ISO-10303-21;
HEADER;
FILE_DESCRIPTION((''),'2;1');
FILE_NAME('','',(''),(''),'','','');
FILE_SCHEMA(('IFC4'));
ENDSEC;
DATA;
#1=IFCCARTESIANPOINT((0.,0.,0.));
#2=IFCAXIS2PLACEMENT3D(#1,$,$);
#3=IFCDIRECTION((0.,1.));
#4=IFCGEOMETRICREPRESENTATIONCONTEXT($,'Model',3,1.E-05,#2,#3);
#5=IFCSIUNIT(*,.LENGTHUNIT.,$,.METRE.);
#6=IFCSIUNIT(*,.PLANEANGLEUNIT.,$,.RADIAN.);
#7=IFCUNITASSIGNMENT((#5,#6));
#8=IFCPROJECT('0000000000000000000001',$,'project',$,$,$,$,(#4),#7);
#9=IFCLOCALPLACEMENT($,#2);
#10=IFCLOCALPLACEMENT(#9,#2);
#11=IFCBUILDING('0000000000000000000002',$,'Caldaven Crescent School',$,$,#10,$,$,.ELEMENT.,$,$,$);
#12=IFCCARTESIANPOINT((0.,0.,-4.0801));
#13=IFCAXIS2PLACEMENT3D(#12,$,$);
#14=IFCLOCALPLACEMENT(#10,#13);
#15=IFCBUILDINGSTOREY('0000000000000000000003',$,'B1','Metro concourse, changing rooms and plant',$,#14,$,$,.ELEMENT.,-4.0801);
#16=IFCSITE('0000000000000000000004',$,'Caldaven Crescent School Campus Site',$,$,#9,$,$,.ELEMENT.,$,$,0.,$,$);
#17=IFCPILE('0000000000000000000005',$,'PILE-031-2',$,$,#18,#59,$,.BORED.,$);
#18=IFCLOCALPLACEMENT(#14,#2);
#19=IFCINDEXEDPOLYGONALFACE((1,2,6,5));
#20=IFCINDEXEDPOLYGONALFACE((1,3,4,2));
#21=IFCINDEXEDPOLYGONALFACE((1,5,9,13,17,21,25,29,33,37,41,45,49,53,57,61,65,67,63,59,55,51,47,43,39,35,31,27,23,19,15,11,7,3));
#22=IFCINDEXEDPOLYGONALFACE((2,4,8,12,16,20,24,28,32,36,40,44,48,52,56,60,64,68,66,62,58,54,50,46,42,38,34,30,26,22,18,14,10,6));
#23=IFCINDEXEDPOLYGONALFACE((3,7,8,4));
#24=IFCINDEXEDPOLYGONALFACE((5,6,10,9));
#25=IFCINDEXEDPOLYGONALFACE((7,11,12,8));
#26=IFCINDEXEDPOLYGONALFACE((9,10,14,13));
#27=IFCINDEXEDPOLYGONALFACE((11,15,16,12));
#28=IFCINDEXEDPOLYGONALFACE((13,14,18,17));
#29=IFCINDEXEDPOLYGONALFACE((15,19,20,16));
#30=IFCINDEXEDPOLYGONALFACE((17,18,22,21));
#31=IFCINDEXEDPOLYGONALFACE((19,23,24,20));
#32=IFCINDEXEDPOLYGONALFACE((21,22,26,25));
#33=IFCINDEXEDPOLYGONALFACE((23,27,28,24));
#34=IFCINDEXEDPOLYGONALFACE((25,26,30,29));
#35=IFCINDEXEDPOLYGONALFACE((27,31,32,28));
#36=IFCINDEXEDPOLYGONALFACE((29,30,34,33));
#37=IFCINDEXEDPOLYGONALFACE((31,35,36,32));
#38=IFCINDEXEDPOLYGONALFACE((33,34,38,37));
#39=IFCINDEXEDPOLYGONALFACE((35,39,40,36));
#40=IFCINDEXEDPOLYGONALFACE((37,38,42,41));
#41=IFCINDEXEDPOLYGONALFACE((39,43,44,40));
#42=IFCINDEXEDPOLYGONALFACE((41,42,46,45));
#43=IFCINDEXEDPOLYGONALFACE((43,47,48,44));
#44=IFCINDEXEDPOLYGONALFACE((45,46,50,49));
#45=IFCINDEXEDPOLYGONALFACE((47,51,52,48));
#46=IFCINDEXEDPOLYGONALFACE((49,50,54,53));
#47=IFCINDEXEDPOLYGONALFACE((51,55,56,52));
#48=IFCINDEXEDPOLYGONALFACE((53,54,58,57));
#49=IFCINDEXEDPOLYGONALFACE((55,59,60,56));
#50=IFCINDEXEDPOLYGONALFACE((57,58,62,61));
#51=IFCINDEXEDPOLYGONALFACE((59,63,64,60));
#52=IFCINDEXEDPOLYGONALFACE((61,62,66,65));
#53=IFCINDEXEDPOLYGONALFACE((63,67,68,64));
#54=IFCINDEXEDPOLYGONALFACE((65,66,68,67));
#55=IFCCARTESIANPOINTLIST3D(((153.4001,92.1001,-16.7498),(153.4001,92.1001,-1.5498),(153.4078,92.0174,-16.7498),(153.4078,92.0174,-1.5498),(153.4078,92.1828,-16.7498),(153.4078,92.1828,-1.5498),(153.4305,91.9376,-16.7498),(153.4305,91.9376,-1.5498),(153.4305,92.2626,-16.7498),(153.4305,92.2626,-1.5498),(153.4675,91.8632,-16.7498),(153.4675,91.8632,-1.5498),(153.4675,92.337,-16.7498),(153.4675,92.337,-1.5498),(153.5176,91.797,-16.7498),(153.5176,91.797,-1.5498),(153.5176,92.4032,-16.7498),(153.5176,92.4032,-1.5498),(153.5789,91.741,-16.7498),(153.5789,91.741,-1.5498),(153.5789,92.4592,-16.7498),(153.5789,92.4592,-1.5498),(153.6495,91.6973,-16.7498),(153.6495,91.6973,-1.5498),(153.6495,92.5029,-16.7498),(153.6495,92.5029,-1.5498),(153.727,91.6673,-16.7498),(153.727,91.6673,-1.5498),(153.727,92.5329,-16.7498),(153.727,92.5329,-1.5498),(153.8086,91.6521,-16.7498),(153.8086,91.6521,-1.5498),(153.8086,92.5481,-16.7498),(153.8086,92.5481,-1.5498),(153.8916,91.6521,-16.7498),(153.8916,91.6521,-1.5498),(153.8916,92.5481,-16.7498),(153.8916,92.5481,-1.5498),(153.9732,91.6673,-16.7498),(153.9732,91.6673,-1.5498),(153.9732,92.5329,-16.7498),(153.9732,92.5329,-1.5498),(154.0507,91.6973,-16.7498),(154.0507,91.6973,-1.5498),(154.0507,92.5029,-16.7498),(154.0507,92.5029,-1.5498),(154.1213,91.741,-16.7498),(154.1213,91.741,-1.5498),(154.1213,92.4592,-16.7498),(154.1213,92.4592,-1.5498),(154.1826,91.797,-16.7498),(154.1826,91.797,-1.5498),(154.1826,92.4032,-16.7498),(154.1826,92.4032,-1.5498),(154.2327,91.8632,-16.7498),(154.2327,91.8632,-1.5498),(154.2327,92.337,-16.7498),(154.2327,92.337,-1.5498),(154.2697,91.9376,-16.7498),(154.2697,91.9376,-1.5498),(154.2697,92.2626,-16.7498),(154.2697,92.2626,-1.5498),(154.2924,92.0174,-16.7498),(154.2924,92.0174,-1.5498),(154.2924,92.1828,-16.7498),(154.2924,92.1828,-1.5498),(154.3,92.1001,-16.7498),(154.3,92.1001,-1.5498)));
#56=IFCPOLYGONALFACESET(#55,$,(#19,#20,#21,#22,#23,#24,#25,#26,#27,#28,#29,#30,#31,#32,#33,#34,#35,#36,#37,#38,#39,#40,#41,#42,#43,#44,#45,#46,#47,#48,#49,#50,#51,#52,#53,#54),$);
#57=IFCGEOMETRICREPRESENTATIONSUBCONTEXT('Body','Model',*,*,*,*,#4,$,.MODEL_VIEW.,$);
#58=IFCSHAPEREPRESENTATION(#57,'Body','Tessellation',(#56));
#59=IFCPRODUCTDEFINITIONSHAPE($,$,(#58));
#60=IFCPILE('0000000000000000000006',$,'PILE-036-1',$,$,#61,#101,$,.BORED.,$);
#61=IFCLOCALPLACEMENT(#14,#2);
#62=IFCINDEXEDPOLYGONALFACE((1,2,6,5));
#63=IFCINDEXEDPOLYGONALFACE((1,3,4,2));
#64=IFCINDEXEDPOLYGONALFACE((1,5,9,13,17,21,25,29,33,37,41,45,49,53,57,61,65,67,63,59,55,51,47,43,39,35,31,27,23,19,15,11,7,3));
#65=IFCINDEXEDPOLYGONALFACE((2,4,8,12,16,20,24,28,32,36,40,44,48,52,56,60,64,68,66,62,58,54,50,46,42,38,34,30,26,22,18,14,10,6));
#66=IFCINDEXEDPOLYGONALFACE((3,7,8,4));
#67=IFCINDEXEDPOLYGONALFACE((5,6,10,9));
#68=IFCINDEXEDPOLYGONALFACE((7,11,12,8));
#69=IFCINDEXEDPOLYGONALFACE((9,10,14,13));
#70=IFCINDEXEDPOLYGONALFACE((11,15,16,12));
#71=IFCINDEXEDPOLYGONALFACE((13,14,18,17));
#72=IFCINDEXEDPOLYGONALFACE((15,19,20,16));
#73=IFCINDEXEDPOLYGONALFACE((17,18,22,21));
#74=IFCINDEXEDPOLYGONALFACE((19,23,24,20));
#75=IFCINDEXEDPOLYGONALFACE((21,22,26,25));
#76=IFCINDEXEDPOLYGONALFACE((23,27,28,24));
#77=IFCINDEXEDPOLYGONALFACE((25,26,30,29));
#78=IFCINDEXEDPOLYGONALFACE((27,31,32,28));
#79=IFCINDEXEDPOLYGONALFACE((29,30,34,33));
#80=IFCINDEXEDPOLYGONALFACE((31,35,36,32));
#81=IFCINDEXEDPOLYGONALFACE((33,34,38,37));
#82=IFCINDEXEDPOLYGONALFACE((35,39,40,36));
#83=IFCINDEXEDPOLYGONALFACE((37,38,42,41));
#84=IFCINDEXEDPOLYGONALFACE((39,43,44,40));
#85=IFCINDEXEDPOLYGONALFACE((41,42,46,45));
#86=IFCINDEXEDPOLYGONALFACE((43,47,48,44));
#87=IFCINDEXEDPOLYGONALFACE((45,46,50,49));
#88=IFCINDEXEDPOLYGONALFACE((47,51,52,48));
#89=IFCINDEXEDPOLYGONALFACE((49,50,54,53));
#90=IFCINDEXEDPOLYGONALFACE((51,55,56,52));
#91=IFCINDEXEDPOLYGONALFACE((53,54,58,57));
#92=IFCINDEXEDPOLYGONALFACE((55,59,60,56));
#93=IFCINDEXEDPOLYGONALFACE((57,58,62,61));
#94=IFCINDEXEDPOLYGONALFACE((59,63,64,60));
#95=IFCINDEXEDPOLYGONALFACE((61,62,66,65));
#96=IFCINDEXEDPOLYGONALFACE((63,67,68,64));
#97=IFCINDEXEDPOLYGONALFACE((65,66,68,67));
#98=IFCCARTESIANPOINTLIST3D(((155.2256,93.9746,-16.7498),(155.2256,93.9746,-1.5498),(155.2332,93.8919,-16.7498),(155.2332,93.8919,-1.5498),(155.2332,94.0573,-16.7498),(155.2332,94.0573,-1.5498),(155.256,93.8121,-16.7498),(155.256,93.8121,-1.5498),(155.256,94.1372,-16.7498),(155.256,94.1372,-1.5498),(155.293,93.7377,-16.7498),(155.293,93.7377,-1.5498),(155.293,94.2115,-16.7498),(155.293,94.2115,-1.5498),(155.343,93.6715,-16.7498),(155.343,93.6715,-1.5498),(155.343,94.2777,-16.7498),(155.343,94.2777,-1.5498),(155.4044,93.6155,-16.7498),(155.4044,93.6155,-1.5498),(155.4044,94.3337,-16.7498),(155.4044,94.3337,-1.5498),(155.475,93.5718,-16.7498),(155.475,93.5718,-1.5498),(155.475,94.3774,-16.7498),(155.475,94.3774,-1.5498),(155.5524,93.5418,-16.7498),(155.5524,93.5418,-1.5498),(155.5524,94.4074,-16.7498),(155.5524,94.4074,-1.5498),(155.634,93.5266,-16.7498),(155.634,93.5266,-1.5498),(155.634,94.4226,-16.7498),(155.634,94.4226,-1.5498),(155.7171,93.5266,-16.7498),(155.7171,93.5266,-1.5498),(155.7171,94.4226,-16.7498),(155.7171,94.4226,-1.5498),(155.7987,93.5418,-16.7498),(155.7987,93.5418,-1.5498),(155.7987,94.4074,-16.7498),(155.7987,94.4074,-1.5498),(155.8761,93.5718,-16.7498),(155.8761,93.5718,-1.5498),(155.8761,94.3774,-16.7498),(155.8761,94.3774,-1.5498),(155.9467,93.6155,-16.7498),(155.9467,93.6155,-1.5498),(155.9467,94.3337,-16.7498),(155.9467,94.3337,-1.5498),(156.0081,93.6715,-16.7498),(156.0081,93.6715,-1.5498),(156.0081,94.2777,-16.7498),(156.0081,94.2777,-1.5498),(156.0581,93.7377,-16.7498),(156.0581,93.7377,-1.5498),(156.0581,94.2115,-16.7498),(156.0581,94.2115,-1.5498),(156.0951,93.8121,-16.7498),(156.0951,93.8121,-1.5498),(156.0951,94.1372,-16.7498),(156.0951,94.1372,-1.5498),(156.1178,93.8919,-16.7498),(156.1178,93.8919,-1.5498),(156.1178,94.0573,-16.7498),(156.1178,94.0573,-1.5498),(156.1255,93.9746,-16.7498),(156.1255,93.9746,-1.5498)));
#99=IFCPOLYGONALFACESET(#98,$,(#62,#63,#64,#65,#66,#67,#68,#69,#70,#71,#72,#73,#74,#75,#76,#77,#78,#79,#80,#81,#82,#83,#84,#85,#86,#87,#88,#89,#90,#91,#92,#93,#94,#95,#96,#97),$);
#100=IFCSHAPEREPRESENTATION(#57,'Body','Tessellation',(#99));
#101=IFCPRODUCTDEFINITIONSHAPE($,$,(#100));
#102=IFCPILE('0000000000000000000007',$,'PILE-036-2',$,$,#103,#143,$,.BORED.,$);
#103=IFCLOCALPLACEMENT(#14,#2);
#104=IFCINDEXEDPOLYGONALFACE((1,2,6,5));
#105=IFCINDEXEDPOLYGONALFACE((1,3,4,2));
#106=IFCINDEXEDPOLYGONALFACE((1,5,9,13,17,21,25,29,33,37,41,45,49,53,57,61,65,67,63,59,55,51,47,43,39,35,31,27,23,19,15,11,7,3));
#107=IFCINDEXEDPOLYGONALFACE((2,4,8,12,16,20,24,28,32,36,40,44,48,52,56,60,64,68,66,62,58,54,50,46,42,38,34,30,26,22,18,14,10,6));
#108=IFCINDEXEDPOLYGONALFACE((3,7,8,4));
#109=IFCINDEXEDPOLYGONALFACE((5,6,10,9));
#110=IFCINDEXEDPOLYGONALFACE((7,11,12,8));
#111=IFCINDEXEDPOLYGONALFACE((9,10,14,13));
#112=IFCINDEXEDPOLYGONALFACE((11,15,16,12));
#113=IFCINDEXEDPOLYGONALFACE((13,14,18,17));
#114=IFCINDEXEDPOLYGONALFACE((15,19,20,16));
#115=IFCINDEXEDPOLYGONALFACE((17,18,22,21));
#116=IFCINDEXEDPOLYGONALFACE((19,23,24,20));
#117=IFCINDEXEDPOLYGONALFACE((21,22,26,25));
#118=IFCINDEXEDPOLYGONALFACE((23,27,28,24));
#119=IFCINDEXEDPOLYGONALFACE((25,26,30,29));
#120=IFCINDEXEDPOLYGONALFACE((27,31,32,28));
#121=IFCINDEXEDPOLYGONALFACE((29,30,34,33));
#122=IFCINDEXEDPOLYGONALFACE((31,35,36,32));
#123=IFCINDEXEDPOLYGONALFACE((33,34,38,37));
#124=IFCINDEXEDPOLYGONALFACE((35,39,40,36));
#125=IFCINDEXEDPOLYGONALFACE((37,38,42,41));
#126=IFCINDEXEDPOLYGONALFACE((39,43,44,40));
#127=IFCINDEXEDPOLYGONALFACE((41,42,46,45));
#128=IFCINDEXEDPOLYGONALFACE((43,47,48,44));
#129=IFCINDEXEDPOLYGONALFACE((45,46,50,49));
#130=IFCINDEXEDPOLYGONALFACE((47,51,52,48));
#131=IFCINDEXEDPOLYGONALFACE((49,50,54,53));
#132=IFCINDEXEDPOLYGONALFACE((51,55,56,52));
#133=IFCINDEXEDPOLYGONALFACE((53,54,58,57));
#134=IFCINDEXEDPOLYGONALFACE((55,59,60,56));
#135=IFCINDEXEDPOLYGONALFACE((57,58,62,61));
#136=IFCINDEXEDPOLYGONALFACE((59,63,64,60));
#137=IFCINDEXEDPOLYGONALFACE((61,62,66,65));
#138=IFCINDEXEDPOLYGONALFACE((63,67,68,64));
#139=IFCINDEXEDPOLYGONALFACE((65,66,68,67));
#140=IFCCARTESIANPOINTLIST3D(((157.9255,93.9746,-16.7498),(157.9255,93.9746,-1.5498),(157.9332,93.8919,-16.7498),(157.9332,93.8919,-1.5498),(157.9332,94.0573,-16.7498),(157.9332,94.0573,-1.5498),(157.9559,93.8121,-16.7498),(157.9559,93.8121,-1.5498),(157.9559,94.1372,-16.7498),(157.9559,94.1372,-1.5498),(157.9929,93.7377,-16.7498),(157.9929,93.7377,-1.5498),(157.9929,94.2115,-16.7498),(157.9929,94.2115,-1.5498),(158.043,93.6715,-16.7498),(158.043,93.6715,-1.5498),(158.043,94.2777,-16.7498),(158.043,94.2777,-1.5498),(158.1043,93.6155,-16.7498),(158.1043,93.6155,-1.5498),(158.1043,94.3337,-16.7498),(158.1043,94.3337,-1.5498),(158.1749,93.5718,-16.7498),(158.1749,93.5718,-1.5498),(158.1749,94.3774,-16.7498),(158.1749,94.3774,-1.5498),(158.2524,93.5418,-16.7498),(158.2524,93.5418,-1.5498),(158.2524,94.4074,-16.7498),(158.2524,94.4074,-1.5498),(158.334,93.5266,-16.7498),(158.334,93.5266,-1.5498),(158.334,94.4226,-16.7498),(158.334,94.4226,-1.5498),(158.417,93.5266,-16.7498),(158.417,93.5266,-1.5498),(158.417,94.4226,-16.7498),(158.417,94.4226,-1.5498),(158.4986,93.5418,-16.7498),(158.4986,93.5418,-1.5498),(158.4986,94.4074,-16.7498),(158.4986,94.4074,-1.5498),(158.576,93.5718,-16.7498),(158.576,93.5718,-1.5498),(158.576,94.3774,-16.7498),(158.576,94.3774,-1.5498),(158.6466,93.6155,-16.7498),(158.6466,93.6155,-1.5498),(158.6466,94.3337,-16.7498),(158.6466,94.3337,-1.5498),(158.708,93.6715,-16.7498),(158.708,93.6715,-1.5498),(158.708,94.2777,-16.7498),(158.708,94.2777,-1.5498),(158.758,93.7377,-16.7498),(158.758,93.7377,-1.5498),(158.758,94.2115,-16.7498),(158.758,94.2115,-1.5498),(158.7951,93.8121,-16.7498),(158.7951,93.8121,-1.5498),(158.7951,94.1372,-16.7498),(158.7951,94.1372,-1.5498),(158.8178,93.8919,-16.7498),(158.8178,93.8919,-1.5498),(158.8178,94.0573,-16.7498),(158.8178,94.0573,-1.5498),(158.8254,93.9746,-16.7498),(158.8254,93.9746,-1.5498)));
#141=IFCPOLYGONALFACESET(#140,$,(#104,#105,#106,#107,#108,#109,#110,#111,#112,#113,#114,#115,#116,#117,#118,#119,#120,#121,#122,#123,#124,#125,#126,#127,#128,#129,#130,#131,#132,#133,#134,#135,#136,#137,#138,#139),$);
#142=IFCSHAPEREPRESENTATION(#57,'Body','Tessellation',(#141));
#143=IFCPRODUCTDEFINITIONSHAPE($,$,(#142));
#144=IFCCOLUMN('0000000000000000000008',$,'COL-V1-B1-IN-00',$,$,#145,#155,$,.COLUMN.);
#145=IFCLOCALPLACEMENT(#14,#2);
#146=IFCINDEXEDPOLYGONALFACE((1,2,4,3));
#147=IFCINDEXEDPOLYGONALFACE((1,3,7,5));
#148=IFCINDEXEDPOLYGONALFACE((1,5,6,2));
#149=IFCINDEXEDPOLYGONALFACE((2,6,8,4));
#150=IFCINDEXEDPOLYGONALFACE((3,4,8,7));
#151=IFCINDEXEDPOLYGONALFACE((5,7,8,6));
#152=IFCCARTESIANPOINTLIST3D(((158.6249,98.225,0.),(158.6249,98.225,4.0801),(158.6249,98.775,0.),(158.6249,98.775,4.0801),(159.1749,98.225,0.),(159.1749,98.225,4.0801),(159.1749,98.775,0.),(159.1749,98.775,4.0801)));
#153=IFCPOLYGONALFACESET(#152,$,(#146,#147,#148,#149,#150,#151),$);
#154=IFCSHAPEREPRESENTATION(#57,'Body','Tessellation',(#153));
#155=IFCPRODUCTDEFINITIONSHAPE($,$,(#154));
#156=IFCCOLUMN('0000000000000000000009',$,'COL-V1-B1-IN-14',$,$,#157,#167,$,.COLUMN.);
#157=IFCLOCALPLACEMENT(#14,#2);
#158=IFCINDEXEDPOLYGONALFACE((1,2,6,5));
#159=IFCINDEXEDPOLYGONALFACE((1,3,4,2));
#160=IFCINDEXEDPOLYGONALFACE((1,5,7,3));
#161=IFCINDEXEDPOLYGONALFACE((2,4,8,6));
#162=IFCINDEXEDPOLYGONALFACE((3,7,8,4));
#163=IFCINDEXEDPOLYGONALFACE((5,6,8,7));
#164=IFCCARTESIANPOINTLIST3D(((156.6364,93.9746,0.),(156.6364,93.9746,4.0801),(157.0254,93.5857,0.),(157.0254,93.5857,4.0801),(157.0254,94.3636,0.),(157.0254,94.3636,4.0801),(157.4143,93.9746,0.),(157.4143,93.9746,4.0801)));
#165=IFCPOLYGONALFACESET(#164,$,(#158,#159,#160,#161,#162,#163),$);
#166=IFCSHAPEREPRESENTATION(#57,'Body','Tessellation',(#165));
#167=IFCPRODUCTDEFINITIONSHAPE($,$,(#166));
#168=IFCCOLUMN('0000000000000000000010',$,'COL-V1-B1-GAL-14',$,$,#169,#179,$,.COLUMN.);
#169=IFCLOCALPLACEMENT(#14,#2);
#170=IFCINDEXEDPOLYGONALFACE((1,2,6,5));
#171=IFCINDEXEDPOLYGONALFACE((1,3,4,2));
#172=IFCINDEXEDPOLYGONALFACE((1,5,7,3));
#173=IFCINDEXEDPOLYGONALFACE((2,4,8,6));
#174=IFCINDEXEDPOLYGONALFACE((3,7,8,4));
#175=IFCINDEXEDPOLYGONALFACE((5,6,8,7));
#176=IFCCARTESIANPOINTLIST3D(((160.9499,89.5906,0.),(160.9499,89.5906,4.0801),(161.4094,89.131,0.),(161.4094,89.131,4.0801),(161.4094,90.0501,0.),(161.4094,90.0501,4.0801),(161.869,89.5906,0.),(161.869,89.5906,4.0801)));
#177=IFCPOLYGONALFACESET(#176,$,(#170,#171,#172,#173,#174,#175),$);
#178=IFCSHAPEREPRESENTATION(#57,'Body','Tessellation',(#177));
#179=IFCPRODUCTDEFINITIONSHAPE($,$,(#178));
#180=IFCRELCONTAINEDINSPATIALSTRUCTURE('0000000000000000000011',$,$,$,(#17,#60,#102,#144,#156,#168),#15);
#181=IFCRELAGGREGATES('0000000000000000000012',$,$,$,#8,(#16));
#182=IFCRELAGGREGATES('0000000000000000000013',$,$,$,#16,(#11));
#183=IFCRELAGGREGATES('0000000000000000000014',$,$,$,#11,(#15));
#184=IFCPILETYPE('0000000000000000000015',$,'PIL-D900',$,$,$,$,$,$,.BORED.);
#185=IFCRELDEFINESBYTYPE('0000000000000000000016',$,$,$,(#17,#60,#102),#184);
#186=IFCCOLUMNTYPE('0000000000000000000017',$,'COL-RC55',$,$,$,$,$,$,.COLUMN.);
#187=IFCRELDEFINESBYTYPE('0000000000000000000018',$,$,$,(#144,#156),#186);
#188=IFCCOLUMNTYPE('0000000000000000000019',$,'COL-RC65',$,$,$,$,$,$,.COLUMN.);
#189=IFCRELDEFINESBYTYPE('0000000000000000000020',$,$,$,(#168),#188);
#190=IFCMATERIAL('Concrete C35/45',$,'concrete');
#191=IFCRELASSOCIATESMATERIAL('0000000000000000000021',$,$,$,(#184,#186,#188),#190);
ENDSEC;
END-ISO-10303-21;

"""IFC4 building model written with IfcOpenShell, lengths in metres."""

from ifc_helpers import new_model, si_unit, direction, frame, origin, origin_2d, place, context, subcontext, project, spatial, rectangle, circle, extrude, material, material_profile, profile_set, type_object, element, save


model = new_model("IFC4")

# Units and contexts
model_context = context("Model", 3, precision=1e-05, world=origin(), true_north=direction((0.0, 1.0)))
body_context = subcontext(model_context, "Body", "Model", "MODEL_VIEW")
ifc_project = project(units=[si_unit("LENGTHUNIT", "METRE"), si_unit("PLANEANGLEUNIT", "RADIAN")], contexts=[model_context])

# Site, building, storey
site_placement = place(None, origin())
site = spatial("IfcSite", under=ifc_project, at=site_placement, Name="Caldaven Crescent School Campus Site", CompositionType="ELEMENT", RefElevation=0.0)
building_placement = place(site_placement, origin())
building = spatial("IfcBuilding", under=site, at=building_placement, Name="Caldaven Crescent School", CompositionType="ELEMENT")
storey_placement = place(building_placement, frame((0.0, 0.0, -4.0801)))
storey = spatial("IfcBuildingStorey", under=building, at=storey_placement, Name="B1", Description="Metro concourse, changing rooms and plant", CompositionType="ELEMENT", Elevation=-4.0801)

# Shared definitions
ifc_material_1 = material(Name="Concrete C35/45", Category="concrete")

# Piles
ifc_material_profile_1 = material_profile(ifc_material_1, circle(Radius=0.45, at=origin_2d()), Name="PILE D900")
ifc_profile_set_1 = profile_set([ifc_material_profile_1], Name="Concrete C35/45")
pile_type_1 = type_object("IfcPileType", Name="PIL-D900", PredefinedType="BORED", material=ifc_profile_set_1)
for number, where, z_axis, x_axis, name in (
    (1, (153.8501, 92.1001, -1.5498), (0.0, 0.0, -1.0), (1.0, 0.0, 0.0), "PILE-031-2"),
    (2, (155.6755, 93.9746, -1.5498), (0.0, 0.0, -1.0), (1.0, 0.0, 0.0), "PILE-036-1"),
    (3, (158.3755, 93.9746, -1.5498), (0.0, 0.0, -1.0), (1.0, 0.0, 0.0), "PILE-036-2"),
):
    element("IfcPile", number, at=place(storey_placement, frame(where, z_axis=z_axis, x_axis=x_axis)), inside=storey, type_object=pile_type_1, Name=name, PredefinedType="BORED", context=body_context, shape_type="SweptSolid", body=[
        extrude(circle(Radius=0.45, at=origin_2d()), origin(), (0.0, 0.0, 1.0), 15.2),
    ])

# Columns
ifc_material_profile_2 = material_profile(ifc_material_1, rectangle(XDim=0.55, YDim=0.55, at=origin_2d()), Name="RC 550x550")
ifc_profile_set_2 = profile_set([ifc_material_profile_2], Name="Concrete C35/45")
column_type_1 = type_object("IfcColumnType", Name="COL-RC55", PredefinedType="COLUMN", material=ifc_profile_set_2)
for number, where, z_axis, x_axis, name in (
    (4, (158.8999, 98.5, 0.0), (0.0, 0.0, 1.0), (1.0, 0.0, 0.0), "COL-V1-B1-IN-00"),
    (5, (157.0254, 93.9746, 0.0), (0.0, 0.0, 1.0), (0.707107, -0.707107, 0.0), "COL-V1-B1-IN-14"),
):
    element("IfcColumn", number, at=place(storey_placement, frame(where, z_axis=z_axis, x_axis=x_axis)), inside=storey, type_object=column_type_1, Name=name, PredefinedType="COLUMN", context=body_context, shape_type="SweptSolid", body=[
        extrude(rectangle(XDim=0.55, YDim=0.55, at=origin_2d()), origin(), (0.0, 0.0, 1.0), 4.0801),
    ])
ifc_material_profile_3 = material_profile(ifc_material_1, rectangle(XDim=0.6499, YDim=0.6499, at=origin_2d()), Name="RC 650x650")
ifc_profile_set_3 = profile_set([ifc_material_profile_3], Name="Concrete C35/45")
column_type_2 = type_object("IfcColumnType", Name="COL-RC65", PredefinedType="COLUMN", material=ifc_profile_set_3)
column_placement = place(storey_placement, frame((161.4094, 89.5906, 0.0), z_axis=(0.0, 0.0, 1.0), x_axis=(0.707107, -0.707107, 0.0)))
element("IfcColumn", 6, at=column_placement, inside=storey, type_object=column_type_2, Name="COL-V1-B1-GAL-14", PredefinedType="COLUMN", context=body_context, shape_type="SweptSolid", body=[
    extrude(rectangle(XDim=0.6499, YDim=0.6499, at=origin_2d()), origin(), (0.0, 0.0, 1.0), 4.0801),
])

save(model, "model.ifc")
